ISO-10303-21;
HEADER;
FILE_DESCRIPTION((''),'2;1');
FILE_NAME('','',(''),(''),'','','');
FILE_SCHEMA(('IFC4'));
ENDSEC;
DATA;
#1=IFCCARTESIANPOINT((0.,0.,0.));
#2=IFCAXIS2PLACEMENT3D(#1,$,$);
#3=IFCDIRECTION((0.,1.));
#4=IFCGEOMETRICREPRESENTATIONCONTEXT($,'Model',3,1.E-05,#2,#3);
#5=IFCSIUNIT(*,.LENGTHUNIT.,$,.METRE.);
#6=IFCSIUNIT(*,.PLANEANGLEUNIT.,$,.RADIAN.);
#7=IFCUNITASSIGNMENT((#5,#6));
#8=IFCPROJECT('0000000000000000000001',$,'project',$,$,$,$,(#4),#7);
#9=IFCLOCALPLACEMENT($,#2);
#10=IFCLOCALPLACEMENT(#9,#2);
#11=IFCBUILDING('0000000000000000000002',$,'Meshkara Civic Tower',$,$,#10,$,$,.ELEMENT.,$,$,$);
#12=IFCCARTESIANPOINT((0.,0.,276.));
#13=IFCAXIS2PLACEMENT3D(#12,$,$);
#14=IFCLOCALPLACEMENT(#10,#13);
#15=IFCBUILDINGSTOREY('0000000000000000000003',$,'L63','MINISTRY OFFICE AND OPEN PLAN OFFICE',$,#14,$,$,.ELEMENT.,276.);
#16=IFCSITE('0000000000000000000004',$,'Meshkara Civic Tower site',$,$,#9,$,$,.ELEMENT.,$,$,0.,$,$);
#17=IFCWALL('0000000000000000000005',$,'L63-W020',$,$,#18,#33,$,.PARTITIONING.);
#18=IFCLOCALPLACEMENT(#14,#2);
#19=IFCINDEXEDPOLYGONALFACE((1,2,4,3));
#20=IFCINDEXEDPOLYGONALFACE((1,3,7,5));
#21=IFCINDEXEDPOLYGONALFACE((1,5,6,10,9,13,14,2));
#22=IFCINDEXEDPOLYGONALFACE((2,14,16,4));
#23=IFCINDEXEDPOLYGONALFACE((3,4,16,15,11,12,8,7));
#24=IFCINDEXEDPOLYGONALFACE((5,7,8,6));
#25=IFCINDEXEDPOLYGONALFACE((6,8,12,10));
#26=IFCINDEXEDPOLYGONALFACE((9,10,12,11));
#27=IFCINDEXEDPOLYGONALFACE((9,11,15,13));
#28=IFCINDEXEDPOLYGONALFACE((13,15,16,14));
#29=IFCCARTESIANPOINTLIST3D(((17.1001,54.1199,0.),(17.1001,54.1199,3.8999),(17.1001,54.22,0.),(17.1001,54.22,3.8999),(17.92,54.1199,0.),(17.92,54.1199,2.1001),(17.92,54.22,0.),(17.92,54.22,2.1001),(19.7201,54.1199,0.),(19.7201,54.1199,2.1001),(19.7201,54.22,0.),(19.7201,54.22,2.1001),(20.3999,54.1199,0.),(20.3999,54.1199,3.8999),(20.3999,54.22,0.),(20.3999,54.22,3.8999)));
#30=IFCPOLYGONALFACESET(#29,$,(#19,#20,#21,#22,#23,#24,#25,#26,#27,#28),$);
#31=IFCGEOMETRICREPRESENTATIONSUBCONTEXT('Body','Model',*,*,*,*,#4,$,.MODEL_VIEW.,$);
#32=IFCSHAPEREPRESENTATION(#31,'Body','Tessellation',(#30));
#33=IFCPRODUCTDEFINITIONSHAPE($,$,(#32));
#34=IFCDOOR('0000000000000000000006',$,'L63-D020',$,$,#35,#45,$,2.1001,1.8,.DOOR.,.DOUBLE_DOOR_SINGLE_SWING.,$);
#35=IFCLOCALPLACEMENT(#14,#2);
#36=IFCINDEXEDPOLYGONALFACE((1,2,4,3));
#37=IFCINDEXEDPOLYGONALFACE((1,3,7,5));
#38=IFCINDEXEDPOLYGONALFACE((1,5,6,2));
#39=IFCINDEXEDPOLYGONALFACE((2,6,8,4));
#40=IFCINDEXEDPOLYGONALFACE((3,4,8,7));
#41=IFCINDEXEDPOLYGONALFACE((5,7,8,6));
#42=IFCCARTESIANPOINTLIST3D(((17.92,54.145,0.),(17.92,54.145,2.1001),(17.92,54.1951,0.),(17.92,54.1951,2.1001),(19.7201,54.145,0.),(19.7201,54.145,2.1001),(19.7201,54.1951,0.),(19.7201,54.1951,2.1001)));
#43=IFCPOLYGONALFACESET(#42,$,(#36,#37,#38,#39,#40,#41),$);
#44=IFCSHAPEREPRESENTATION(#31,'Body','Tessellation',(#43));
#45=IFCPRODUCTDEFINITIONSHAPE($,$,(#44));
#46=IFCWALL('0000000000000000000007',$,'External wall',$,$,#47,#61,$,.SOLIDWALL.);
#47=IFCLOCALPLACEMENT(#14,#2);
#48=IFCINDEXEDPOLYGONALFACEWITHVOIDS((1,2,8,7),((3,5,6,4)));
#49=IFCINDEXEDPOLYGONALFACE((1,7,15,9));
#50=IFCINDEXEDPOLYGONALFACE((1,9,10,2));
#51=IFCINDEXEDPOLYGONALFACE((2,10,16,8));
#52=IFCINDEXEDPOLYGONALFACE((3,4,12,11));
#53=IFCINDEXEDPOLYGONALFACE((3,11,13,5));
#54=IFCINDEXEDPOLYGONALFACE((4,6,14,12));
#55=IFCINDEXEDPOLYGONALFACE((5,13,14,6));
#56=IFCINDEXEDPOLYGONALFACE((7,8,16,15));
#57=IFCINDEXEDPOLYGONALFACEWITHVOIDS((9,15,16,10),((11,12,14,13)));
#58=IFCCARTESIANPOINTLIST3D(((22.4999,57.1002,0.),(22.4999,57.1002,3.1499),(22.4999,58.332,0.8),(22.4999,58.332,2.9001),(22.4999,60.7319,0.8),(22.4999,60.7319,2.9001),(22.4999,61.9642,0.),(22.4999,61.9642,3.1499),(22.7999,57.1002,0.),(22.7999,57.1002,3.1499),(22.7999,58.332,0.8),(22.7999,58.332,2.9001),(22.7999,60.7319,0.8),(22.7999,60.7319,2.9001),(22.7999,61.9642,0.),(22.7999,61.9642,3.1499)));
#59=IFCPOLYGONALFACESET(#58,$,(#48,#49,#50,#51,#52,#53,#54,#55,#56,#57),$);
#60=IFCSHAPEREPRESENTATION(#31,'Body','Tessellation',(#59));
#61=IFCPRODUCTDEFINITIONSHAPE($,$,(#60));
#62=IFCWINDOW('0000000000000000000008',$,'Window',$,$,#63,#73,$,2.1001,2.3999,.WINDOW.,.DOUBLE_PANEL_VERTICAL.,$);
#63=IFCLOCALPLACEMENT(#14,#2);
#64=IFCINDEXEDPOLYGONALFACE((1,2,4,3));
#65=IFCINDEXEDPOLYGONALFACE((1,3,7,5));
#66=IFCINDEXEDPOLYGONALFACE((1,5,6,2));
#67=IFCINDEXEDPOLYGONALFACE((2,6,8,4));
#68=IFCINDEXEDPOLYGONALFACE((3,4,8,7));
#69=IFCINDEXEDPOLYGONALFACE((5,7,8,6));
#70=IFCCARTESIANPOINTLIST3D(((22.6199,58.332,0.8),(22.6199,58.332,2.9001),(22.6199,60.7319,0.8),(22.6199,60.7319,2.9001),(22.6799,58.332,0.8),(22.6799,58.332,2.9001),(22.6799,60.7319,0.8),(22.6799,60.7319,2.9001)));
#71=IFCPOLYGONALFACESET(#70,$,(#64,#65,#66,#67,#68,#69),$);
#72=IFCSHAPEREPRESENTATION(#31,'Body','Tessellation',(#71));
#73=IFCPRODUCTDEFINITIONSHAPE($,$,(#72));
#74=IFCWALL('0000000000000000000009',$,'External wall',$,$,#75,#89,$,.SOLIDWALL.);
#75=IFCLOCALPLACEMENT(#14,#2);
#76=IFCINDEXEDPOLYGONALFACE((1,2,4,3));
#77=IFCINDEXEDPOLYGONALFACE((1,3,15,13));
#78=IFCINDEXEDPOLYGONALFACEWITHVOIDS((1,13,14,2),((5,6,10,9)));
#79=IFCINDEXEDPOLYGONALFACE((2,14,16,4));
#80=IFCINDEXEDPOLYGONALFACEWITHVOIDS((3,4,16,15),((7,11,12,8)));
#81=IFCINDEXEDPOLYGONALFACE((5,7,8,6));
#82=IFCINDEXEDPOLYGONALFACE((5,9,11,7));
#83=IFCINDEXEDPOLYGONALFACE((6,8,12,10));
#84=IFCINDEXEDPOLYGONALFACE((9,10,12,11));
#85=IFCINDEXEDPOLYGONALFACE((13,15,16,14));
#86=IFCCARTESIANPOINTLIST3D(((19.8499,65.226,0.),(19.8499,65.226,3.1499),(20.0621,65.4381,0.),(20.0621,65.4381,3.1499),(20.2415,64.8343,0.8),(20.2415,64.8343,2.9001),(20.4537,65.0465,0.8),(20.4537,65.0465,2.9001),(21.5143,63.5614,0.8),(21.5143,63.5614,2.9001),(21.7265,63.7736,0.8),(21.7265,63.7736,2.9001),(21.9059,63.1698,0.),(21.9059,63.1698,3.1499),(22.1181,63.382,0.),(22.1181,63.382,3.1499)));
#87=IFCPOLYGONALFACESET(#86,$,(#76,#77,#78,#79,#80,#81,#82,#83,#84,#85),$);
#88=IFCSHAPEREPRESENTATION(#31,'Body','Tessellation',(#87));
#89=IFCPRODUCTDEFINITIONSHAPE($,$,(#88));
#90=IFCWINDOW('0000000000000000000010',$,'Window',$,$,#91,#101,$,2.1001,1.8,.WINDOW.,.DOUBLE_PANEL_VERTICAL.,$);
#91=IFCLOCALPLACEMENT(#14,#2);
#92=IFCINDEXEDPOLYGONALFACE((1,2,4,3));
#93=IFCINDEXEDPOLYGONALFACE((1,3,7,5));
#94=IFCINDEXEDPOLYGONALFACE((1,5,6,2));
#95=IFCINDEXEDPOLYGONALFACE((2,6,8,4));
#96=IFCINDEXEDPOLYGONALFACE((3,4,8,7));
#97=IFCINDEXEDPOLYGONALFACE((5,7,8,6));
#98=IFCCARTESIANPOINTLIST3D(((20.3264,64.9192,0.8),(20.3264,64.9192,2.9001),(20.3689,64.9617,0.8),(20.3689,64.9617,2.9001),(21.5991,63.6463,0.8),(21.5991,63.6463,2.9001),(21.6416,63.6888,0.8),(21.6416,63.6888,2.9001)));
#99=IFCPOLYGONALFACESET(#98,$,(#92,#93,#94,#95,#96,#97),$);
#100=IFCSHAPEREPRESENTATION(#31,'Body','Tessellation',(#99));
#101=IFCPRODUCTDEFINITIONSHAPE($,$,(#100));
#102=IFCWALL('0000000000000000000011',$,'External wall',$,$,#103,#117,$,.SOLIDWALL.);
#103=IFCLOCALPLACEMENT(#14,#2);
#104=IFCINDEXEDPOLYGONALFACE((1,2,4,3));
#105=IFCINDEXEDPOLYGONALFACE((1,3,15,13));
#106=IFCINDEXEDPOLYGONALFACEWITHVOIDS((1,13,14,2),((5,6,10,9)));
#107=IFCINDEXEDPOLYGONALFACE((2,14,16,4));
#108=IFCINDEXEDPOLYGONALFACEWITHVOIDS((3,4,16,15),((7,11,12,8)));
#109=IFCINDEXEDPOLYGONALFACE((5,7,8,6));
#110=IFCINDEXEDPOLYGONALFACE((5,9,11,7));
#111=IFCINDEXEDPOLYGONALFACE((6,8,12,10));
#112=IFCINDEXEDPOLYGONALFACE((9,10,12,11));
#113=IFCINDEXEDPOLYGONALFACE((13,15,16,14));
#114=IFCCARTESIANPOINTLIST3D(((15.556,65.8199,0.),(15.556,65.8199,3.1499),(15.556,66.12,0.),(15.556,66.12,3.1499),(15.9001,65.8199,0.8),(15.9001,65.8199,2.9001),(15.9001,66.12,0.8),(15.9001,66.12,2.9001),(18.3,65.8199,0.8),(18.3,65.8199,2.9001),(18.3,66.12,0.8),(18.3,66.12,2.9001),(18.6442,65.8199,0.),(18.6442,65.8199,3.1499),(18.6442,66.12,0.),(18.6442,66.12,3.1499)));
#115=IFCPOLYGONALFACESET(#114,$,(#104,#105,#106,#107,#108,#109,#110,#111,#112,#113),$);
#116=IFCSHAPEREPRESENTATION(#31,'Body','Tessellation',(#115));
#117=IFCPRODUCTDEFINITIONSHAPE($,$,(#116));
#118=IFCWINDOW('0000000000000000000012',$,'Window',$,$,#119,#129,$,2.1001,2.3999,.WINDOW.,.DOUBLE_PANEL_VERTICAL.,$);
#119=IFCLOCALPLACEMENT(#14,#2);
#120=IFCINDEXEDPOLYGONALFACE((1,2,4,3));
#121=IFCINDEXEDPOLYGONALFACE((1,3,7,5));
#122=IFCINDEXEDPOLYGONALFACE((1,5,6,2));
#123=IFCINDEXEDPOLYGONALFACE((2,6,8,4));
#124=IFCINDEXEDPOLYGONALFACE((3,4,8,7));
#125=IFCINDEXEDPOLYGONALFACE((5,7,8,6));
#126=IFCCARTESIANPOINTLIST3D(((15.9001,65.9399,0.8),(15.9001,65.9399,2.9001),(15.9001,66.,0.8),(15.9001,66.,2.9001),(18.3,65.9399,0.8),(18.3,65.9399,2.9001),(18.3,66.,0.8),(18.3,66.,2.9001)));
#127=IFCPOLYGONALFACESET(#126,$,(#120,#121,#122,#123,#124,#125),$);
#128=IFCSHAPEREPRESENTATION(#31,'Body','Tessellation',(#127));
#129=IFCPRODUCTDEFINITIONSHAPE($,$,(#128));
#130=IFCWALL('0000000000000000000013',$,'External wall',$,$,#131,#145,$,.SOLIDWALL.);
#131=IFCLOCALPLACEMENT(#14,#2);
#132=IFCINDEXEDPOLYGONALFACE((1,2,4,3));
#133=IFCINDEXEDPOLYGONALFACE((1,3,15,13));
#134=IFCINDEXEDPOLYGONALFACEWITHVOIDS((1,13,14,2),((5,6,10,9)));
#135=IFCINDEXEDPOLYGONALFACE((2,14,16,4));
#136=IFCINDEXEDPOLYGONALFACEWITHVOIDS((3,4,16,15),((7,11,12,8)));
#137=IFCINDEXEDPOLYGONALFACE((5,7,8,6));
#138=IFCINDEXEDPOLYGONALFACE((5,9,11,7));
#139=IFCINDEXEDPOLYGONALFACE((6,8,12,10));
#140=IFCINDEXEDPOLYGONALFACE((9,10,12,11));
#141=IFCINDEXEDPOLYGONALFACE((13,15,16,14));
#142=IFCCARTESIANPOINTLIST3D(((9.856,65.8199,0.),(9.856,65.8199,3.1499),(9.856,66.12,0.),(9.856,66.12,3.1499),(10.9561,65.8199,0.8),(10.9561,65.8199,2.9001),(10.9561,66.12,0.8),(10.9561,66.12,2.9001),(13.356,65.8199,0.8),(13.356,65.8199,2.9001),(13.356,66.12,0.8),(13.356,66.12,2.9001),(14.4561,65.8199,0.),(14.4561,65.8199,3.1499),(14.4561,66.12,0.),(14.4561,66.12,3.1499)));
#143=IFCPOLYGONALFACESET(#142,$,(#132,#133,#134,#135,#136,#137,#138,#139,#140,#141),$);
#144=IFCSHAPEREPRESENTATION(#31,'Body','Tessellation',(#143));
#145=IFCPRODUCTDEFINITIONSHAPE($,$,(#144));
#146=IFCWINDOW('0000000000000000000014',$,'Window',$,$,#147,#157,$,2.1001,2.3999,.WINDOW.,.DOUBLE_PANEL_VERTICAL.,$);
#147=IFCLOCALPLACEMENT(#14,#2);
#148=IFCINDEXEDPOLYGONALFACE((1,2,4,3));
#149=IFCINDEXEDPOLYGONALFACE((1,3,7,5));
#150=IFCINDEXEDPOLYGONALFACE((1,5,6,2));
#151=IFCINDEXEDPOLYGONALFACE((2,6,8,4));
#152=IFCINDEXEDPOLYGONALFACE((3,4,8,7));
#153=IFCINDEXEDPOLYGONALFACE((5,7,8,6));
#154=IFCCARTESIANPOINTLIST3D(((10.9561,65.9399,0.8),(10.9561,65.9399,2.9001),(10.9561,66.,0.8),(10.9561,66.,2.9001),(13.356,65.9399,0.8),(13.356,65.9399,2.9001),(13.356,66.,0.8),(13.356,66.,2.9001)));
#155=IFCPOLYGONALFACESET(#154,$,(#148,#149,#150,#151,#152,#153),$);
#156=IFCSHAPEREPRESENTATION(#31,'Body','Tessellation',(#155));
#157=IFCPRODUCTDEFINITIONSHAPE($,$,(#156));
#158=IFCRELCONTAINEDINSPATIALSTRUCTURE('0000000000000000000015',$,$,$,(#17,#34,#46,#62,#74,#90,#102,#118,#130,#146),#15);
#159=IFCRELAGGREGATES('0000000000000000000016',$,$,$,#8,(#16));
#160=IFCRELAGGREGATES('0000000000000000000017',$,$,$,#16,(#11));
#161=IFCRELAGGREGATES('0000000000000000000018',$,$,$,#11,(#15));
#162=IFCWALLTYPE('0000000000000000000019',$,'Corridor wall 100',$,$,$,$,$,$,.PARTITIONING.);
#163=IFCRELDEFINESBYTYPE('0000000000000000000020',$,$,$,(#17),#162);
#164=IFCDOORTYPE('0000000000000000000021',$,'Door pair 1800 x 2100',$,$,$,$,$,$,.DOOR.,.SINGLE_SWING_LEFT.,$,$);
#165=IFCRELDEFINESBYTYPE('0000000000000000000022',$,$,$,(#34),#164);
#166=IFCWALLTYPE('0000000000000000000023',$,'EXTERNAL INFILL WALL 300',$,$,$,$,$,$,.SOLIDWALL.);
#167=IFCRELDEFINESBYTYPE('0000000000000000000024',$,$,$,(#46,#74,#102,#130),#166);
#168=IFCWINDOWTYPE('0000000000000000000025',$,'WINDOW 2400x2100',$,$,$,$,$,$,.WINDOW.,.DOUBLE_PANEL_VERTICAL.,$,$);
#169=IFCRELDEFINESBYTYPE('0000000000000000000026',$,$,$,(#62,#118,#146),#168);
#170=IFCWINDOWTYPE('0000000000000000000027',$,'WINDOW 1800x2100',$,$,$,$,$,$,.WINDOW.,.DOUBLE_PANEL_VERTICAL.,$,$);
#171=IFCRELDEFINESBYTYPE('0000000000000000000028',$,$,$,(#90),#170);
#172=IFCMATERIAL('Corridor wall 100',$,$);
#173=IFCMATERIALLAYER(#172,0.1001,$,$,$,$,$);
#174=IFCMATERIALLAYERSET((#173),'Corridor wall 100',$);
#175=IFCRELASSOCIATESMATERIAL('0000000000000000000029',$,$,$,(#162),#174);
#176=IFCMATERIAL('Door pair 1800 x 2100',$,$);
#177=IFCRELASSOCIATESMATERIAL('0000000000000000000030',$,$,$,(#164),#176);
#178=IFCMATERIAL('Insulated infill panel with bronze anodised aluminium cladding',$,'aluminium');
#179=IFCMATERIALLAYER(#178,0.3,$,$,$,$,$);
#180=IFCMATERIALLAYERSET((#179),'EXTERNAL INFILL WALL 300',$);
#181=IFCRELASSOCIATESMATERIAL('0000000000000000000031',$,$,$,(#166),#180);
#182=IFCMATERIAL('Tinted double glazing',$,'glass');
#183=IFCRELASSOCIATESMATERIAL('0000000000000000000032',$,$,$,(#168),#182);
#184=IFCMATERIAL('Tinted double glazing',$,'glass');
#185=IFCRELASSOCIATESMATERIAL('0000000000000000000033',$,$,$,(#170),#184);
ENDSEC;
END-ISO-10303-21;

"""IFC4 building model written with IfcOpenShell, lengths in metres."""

from ifc_helpers import new_model, si_unit, direction, frame, frame_2d, origin, place, context, subcontext, project, spatial, rectangle, extrude, material, layer, layer_set, type_object, element, fill, save


model = new_model("IFC4")

# Units and contexts
model_context = context("Model", 3, precision=1e-05, world=origin(), true_north=direction((0.0, 1.0)))
body_context = subcontext(model_context, "Body", "Model", "MODEL_VIEW")
ifc_project = project(units=[si_unit("LENGTHUNIT", "METRE"), si_unit("PLANEANGLEUNIT", "RADIAN")], contexts=[model_context])

# Site, building, storey
site_placement = place(None, origin())
site = spatial("IfcSite", under=ifc_project, at=site_placement, Name="Meshkara Civic Tower site", CompositionType="ELEMENT", RefElevation=0.0)
building_placement = place(site_placement, origin())
building = spatial("IfcBuilding", under=site, at=building_placement, Name="Meshkara Civic Tower", CompositionType="ELEMENT")
storey_placement = place(building_placement, frame((0.0, 0.0, 276.0)))
storey = spatial("IfcBuildingStorey", under=building, at=storey_placement, Name="L63", Description="MINISTRY OFFICE AND OPEN PLAN OFFICE", CompositionType="ELEMENT", Elevation=276.0)

# Shared definitions
ifc_material_1 = material(Name="Corridor wall 100")
ifc_layer_1 = layer(ifc_material_1, 0.1001)
ifc_layer_set_1 = layer_set([ifc_layer_1], Name="Corridor wall 100")
wall_type_1 = type_object("IfcWallType", Name="Corridor wall 100", PredefinedType="PARTITIONING", material=ifc_layer_set_1)

# Wall, opening, door
wall_1_placement = place(storey_placement, frame((20.3999, 54.1699, 0.0), z_axis=(0.0, 0.0, 1.0), x_axis=(-1.0, 0.0, 0.0)))
wall_1 = element("IfcWall", 1, at=wall_1_placement, inside=storey, type_object=wall_type_1, Name="L63-W020", PredefinedType="PARTITIONING", context=body_context, shape_type="SweptSolid", body=[
    extrude(rectangle(XDim=3.2998, YDim=0.1001, at=frame_2d((1.6499, 0.0))), origin(), (0.0, 0.0, 1.0), 3.8999),
])
opening_1_placement = place(wall_1_placement, frame((0.6799, 0.0, 0.0)))
opening_1 = element("IfcOpeningElement", 2, at=opening_1_placement, cuts=wall_1, PredefinedType="OPENING", context=body_context, shape_type="SweptSolid", body=[
    extrude(rectangle(XDim=1.8, YDim=2.1001, at=frame_2d((0.8999, 1.05))), frame((0.0, 0.0601, 0.0), z_axis=(0.0, -1.0, 0.0), x_axis=(1.0, 0.0, 0.0)), (0.0, 0.0, 1.0), 0.1201),
])
ifc_material_2 = material(Name="Door pair 1800 x 2100")
door_type_1 = type_object("IfcDoorType", Name="Door pair 1800 x 2100", OperationType="SINGLE_SWING_LEFT", PredefinedType="DOOR", material=ifc_material_2)
door_1_placement = place(opening_1_placement, origin())
door_1 = element("IfcDoor", 3, at=door_1_placement, inside=storey, type_object=door_type_1, Name="L63-D020", OperationType="DOUBLE_DOOR_SINGLE_SWING", OverallHeight=2.1001, OverallWidth=1.8, PredefinedType="DOOR", context=body_context, shape_type="SweptSolid", body=[
    extrude(rectangle(XDim=1.8, YDim=2.1001, at=frame_2d((0.8999, 1.05))), frame((0.0, 0.0249, 0.0), z_axis=(0.0, -1.0, 0.0), x_axis=(1.0, 0.0, 0.0)), (0.0, 0.0, 1.0), 0.05),
])
fill(opening_1, door_1)

# Walls, openings, windows
ifc_material_3 = material(Name="Insulated infill panel with bronze anodised aluminium cladding", Category="aluminium")
ifc_layer_2 = layer(ifc_material_3, 0.3)
ifc_layer_set_2 = layer_set([ifc_layer_2], Name="EXTERNAL INFILL WALL 300")
wall_type_2 = type_object("IfcWallType", Name="EXTERNAL INFILL WALL 300", PredefinedType="SOLIDWALL", material=ifc_layer_set_2)
wall_2_placement = place(storey_placement, frame((22.6499, 57.1001, 0.0), z_axis=(0.0, 0.0, 1.0), x_axis=(0.0, 1.0, 0.0)))
wall_2 = element("IfcWall", 4, at=wall_2_placement, inside=storey, type_object=wall_type_2, Name="External wall", PredefinedType="SOLIDWALL", context=body_context, shape_type="SweptSolid", body=[
    extrude(rectangle(XDim=4.864, YDim=0.3, at=frame_2d((2.4321, 0.0))), origin(), (0.0, 0.0, 1.0), 3.1499),
])
opening_2_placement = place(wall_2_placement, frame((1.2319, 0.0, 0.8)))
opening_2 = element("IfcOpeningElement", 5, at=opening_2_placement, cuts=wall_2, PredefinedType="OPENING", context=body_context, shape_type="SweptSolid", body=[
    extrude(rectangle(XDim=2.3999, YDim=2.1001, at=frame_2d((1.2, 1.05))), frame((0.0, 0.1599, 0.0), z_axis=(0.0, -1.0, 0.0), x_axis=(1.0, 0.0, 0.0)), (0.0, 0.0, 1.0), 0.3201),
])
ifc_material_4 = material(Name="Tinted double glazing", Category="glass")
window_type_1 = type_object("IfcWindowType", Name="WINDOW 2400x2100", PartitioningType="DOUBLE_PANEL_VERTICAL", PredefinedType="WINDOW", material=ifc_material_4)
window_1_placement = place(opening_2_placement, origin())
window_1 = element("IfcWindow", 6, at=window_1_placement, inside=storey, type_object=window_type_1, Name="Window", OverallHeight=2.1001, OverallWidth=2.3999, PartitioningType="DOUBLE_PANEL_VERTICAL", PredefinedType="WINDOW", context=body_context, shape_type="SweptSolid", body=[
    extrude(rectangle(XDim=2.3999, YDim=2.1001, at=frame_2d((1.2, 1.05))), frame((0.0, 0.03, 0.0), z_axis=(0.0, -1.0, 0.0), x_axis=(1.0, 0.0, 0.0)), (0.0, 0.0, 1.0), 0.0601),
])
fill(opening_2, window_1)
wall_3_placement = place(storey_placement, frame((22.012, 63.2759, 0.0), z_axis=(0.0, 0.0, 1.0), x_axis=(-0.707065, 0.707149, 0.0)))
wall_3 = element("IfcWall", 7, at=wall_3_placement, inside=storey, type_object=wall_type_2, Name="External wall", PredefinedType="SOLIDWALL", context=body_context, shape_type="SweptSolid", body=[
    extrude(rectangle(XDim=2.9077, YDim=0.3, at=frame_2d((1.4539, 0.0))), origin(), (0.0, 0.0, 1.0), 3.1499),
])
opening_3_placement = place(wall_3_placement, frame((0.554, 0.0, 0.8)))
opening_3 = element("IfcOpeningElement", 8, at=opening_3_placement, cuts=wall_3, PredefinedType="OPENING", context=body_context, shape_type="SweptSolid", body=[
    extrude(rectangle(XDim=1.8, YDim=2.1001, at=frame_2d((0.8999, 1.05))), frame((0.0, 0.1599, 0.0), z_axis=(0.0, -1.0, 0.0), x_axis=(1.0, 0.0, 0.0)), (0.0, 0.0, 1.0), 0.3201),
])
ifc_material_5 = material(Name="Tinted double glazing", Category="glass")
window_type_2 = type_object("IfcWindowType", Name="WINDOW 1800x2100", PartitioningType="DOUBLE_PANEL_VERTICAL", PredefinedType="WINDOW", material=ifc_material_5)
window_2_placement = place(opening_3_placement, origin())
window_2 = element("IfcWindow", 9, at=window_2_placement, inside=storey, type_object=window_type_2, Name="Window", OverallHeight=2.1001, OverallWidth=1.8, PartitioningType="DOUBLE_PANEL_VERTICAL", PredefinedType="WINDOW", context=body_context, shape_type="SweptSolid", body=[
    extrude(rectangle(XDim=1.8, YDim=2.1001, at=frame_2d((0.8999, 1.05))), frame((0.0, 0.03, 0.0), z_axis=(0.0, -1.0, 0.0), x_axis=(1.0, 0.0, 0.0)), (0.0, 0.0, 1.0), 0.0601),
])
fill(opening_3, window_2)
wall_4_placement = place(storey_placement, frame((18.644, 65.97, 0.0), z_axis=(0.0, 0.0, 1.0), x_axis=(-1.0, 0.0, 0.0)))
wall_4 = element("IfcWall", 10, at=wall_4_placement, inside=storey, type_object=wall_type_2, Name="External wall", PredefinedType="SOLIDWALL", context=body_context, shape_type="SweptSolid", body=[
    extrude(rectangle(XDim=3.0881, YDim=0.3, at=frame_2d((1.5439, 0.0))), origin(), (0.0, 0.0, 1.0), 3.1499),
])
opening_4_placement = place(wall_4_placement, frame((0.344, 0.0, 0.8)))
opening_4 = element("IfcOpeningElement", 11, at=opening_4_placement, cuts=wall_4, PredefinedType="OPENING", context=body_context, shape_type="SweptSolid", body=[
    extrude(rectangle(XDim=2.3999, YDim=2.1001, at=frame_2d((1.2, 1.05))), frame((0.0, 0.1599, 0.0), z_axis=(0.0, -1.0, 0.0), x_axis=(1.0, 0.0, 0.0)), (0.0, 0.0, 1.0), 0.3201),
])
window_3_placement = place(opening_4_placement, origin())
window_3 = element("IfcWindow", 12, at=window_3_placement, inside=storey, type_object=window_type_1, Name="Window", OverallHeight=2.1001, OverallWidth=2.3999, PartitioningType="DOUBLE_PANEL_VERTICAL", PredefinedType="WINDOW", context=body_context, shape_type="SweptSolid", body=[
    extrude(rectangle(XDim=2.3999, YDim=2.1001, at=frame_2d((1.2, 1.05))), frame((0.0, 0.03, 0.0), z_axis=(0.0, -1.0, 0.0), x_axis=(1.0, 0.0, 0.0)), (0.0, 0.0, 1.0), 0.0601),
])
fill(opening_4, window_3)
wall_5_placement = place(storey_placement, frame((14.4561, 65.97, 0.0), z_axis=(0.0, 0.0, 1.0), x_axis=(-1.0, 0.0, 0.0)))
wall_5 = element("IfcWall", 13, at=wall_5_placement, inside=storey, type_object=wall_type_2, Name="External wall", PredefinedType="SOLIDWALL", context=body_context, shape_type="SweptSolid", body=[
    extrude(rectangle(XDim=4.6001, YDim=0.3, at=frame_2d((2.3, 0.0))), origin(), (0.0, 0.0, 1.0), 3.1499),
])
opening_5_placement = place(wall_5_placement, frame((1.1001, 0.0, 0.8)))
opening_5 = element("IfcOpeningElement", 14, at=opening_5_placement, cuts=wall_5, PredefinedType="OPENING", context=body_context, shape_type="SweptSolid", body=[
    extrude(rectangle(XDim=2.3999, YDim=2.1001, at=frame_2d((1.2, 1.05))), frame((0.0, 0.1599, 0.0), z_axis=(0.0, -1.0, 0.0), x_axis=(1.0, 0.0, 0.0)), (0.0, 0.0, 1.0), 0.3201),
])
window_4_placement = place(opening_5_placement, origin())
window_4 = element("IfcWindow", 15, at=window_4_placement, inside=storey, type_object=window_type_1, Name="Window", OverallHeight=2.1001, OverallWidth=2.3999, PartitioningType="DOUBLE_PANEL_VERTICAL", PredefinedType="WINDOW", context=body_context, shape_type="SweptSolid", body=[
    extrude(rectangle(XDim=2.3999, YDim=2.1001, at=frame_2d((1.2, 1.05))), frame((0.0, 0.03, 0.0), z_axis=(0.0, -1.0, 0.0), x_axis=(1.0, 0.0, 0.0)), (0.0, 0.0, 1.0), 0.0601),
])
fill(opening_5, window_4)

save(model, "model.ifc")
